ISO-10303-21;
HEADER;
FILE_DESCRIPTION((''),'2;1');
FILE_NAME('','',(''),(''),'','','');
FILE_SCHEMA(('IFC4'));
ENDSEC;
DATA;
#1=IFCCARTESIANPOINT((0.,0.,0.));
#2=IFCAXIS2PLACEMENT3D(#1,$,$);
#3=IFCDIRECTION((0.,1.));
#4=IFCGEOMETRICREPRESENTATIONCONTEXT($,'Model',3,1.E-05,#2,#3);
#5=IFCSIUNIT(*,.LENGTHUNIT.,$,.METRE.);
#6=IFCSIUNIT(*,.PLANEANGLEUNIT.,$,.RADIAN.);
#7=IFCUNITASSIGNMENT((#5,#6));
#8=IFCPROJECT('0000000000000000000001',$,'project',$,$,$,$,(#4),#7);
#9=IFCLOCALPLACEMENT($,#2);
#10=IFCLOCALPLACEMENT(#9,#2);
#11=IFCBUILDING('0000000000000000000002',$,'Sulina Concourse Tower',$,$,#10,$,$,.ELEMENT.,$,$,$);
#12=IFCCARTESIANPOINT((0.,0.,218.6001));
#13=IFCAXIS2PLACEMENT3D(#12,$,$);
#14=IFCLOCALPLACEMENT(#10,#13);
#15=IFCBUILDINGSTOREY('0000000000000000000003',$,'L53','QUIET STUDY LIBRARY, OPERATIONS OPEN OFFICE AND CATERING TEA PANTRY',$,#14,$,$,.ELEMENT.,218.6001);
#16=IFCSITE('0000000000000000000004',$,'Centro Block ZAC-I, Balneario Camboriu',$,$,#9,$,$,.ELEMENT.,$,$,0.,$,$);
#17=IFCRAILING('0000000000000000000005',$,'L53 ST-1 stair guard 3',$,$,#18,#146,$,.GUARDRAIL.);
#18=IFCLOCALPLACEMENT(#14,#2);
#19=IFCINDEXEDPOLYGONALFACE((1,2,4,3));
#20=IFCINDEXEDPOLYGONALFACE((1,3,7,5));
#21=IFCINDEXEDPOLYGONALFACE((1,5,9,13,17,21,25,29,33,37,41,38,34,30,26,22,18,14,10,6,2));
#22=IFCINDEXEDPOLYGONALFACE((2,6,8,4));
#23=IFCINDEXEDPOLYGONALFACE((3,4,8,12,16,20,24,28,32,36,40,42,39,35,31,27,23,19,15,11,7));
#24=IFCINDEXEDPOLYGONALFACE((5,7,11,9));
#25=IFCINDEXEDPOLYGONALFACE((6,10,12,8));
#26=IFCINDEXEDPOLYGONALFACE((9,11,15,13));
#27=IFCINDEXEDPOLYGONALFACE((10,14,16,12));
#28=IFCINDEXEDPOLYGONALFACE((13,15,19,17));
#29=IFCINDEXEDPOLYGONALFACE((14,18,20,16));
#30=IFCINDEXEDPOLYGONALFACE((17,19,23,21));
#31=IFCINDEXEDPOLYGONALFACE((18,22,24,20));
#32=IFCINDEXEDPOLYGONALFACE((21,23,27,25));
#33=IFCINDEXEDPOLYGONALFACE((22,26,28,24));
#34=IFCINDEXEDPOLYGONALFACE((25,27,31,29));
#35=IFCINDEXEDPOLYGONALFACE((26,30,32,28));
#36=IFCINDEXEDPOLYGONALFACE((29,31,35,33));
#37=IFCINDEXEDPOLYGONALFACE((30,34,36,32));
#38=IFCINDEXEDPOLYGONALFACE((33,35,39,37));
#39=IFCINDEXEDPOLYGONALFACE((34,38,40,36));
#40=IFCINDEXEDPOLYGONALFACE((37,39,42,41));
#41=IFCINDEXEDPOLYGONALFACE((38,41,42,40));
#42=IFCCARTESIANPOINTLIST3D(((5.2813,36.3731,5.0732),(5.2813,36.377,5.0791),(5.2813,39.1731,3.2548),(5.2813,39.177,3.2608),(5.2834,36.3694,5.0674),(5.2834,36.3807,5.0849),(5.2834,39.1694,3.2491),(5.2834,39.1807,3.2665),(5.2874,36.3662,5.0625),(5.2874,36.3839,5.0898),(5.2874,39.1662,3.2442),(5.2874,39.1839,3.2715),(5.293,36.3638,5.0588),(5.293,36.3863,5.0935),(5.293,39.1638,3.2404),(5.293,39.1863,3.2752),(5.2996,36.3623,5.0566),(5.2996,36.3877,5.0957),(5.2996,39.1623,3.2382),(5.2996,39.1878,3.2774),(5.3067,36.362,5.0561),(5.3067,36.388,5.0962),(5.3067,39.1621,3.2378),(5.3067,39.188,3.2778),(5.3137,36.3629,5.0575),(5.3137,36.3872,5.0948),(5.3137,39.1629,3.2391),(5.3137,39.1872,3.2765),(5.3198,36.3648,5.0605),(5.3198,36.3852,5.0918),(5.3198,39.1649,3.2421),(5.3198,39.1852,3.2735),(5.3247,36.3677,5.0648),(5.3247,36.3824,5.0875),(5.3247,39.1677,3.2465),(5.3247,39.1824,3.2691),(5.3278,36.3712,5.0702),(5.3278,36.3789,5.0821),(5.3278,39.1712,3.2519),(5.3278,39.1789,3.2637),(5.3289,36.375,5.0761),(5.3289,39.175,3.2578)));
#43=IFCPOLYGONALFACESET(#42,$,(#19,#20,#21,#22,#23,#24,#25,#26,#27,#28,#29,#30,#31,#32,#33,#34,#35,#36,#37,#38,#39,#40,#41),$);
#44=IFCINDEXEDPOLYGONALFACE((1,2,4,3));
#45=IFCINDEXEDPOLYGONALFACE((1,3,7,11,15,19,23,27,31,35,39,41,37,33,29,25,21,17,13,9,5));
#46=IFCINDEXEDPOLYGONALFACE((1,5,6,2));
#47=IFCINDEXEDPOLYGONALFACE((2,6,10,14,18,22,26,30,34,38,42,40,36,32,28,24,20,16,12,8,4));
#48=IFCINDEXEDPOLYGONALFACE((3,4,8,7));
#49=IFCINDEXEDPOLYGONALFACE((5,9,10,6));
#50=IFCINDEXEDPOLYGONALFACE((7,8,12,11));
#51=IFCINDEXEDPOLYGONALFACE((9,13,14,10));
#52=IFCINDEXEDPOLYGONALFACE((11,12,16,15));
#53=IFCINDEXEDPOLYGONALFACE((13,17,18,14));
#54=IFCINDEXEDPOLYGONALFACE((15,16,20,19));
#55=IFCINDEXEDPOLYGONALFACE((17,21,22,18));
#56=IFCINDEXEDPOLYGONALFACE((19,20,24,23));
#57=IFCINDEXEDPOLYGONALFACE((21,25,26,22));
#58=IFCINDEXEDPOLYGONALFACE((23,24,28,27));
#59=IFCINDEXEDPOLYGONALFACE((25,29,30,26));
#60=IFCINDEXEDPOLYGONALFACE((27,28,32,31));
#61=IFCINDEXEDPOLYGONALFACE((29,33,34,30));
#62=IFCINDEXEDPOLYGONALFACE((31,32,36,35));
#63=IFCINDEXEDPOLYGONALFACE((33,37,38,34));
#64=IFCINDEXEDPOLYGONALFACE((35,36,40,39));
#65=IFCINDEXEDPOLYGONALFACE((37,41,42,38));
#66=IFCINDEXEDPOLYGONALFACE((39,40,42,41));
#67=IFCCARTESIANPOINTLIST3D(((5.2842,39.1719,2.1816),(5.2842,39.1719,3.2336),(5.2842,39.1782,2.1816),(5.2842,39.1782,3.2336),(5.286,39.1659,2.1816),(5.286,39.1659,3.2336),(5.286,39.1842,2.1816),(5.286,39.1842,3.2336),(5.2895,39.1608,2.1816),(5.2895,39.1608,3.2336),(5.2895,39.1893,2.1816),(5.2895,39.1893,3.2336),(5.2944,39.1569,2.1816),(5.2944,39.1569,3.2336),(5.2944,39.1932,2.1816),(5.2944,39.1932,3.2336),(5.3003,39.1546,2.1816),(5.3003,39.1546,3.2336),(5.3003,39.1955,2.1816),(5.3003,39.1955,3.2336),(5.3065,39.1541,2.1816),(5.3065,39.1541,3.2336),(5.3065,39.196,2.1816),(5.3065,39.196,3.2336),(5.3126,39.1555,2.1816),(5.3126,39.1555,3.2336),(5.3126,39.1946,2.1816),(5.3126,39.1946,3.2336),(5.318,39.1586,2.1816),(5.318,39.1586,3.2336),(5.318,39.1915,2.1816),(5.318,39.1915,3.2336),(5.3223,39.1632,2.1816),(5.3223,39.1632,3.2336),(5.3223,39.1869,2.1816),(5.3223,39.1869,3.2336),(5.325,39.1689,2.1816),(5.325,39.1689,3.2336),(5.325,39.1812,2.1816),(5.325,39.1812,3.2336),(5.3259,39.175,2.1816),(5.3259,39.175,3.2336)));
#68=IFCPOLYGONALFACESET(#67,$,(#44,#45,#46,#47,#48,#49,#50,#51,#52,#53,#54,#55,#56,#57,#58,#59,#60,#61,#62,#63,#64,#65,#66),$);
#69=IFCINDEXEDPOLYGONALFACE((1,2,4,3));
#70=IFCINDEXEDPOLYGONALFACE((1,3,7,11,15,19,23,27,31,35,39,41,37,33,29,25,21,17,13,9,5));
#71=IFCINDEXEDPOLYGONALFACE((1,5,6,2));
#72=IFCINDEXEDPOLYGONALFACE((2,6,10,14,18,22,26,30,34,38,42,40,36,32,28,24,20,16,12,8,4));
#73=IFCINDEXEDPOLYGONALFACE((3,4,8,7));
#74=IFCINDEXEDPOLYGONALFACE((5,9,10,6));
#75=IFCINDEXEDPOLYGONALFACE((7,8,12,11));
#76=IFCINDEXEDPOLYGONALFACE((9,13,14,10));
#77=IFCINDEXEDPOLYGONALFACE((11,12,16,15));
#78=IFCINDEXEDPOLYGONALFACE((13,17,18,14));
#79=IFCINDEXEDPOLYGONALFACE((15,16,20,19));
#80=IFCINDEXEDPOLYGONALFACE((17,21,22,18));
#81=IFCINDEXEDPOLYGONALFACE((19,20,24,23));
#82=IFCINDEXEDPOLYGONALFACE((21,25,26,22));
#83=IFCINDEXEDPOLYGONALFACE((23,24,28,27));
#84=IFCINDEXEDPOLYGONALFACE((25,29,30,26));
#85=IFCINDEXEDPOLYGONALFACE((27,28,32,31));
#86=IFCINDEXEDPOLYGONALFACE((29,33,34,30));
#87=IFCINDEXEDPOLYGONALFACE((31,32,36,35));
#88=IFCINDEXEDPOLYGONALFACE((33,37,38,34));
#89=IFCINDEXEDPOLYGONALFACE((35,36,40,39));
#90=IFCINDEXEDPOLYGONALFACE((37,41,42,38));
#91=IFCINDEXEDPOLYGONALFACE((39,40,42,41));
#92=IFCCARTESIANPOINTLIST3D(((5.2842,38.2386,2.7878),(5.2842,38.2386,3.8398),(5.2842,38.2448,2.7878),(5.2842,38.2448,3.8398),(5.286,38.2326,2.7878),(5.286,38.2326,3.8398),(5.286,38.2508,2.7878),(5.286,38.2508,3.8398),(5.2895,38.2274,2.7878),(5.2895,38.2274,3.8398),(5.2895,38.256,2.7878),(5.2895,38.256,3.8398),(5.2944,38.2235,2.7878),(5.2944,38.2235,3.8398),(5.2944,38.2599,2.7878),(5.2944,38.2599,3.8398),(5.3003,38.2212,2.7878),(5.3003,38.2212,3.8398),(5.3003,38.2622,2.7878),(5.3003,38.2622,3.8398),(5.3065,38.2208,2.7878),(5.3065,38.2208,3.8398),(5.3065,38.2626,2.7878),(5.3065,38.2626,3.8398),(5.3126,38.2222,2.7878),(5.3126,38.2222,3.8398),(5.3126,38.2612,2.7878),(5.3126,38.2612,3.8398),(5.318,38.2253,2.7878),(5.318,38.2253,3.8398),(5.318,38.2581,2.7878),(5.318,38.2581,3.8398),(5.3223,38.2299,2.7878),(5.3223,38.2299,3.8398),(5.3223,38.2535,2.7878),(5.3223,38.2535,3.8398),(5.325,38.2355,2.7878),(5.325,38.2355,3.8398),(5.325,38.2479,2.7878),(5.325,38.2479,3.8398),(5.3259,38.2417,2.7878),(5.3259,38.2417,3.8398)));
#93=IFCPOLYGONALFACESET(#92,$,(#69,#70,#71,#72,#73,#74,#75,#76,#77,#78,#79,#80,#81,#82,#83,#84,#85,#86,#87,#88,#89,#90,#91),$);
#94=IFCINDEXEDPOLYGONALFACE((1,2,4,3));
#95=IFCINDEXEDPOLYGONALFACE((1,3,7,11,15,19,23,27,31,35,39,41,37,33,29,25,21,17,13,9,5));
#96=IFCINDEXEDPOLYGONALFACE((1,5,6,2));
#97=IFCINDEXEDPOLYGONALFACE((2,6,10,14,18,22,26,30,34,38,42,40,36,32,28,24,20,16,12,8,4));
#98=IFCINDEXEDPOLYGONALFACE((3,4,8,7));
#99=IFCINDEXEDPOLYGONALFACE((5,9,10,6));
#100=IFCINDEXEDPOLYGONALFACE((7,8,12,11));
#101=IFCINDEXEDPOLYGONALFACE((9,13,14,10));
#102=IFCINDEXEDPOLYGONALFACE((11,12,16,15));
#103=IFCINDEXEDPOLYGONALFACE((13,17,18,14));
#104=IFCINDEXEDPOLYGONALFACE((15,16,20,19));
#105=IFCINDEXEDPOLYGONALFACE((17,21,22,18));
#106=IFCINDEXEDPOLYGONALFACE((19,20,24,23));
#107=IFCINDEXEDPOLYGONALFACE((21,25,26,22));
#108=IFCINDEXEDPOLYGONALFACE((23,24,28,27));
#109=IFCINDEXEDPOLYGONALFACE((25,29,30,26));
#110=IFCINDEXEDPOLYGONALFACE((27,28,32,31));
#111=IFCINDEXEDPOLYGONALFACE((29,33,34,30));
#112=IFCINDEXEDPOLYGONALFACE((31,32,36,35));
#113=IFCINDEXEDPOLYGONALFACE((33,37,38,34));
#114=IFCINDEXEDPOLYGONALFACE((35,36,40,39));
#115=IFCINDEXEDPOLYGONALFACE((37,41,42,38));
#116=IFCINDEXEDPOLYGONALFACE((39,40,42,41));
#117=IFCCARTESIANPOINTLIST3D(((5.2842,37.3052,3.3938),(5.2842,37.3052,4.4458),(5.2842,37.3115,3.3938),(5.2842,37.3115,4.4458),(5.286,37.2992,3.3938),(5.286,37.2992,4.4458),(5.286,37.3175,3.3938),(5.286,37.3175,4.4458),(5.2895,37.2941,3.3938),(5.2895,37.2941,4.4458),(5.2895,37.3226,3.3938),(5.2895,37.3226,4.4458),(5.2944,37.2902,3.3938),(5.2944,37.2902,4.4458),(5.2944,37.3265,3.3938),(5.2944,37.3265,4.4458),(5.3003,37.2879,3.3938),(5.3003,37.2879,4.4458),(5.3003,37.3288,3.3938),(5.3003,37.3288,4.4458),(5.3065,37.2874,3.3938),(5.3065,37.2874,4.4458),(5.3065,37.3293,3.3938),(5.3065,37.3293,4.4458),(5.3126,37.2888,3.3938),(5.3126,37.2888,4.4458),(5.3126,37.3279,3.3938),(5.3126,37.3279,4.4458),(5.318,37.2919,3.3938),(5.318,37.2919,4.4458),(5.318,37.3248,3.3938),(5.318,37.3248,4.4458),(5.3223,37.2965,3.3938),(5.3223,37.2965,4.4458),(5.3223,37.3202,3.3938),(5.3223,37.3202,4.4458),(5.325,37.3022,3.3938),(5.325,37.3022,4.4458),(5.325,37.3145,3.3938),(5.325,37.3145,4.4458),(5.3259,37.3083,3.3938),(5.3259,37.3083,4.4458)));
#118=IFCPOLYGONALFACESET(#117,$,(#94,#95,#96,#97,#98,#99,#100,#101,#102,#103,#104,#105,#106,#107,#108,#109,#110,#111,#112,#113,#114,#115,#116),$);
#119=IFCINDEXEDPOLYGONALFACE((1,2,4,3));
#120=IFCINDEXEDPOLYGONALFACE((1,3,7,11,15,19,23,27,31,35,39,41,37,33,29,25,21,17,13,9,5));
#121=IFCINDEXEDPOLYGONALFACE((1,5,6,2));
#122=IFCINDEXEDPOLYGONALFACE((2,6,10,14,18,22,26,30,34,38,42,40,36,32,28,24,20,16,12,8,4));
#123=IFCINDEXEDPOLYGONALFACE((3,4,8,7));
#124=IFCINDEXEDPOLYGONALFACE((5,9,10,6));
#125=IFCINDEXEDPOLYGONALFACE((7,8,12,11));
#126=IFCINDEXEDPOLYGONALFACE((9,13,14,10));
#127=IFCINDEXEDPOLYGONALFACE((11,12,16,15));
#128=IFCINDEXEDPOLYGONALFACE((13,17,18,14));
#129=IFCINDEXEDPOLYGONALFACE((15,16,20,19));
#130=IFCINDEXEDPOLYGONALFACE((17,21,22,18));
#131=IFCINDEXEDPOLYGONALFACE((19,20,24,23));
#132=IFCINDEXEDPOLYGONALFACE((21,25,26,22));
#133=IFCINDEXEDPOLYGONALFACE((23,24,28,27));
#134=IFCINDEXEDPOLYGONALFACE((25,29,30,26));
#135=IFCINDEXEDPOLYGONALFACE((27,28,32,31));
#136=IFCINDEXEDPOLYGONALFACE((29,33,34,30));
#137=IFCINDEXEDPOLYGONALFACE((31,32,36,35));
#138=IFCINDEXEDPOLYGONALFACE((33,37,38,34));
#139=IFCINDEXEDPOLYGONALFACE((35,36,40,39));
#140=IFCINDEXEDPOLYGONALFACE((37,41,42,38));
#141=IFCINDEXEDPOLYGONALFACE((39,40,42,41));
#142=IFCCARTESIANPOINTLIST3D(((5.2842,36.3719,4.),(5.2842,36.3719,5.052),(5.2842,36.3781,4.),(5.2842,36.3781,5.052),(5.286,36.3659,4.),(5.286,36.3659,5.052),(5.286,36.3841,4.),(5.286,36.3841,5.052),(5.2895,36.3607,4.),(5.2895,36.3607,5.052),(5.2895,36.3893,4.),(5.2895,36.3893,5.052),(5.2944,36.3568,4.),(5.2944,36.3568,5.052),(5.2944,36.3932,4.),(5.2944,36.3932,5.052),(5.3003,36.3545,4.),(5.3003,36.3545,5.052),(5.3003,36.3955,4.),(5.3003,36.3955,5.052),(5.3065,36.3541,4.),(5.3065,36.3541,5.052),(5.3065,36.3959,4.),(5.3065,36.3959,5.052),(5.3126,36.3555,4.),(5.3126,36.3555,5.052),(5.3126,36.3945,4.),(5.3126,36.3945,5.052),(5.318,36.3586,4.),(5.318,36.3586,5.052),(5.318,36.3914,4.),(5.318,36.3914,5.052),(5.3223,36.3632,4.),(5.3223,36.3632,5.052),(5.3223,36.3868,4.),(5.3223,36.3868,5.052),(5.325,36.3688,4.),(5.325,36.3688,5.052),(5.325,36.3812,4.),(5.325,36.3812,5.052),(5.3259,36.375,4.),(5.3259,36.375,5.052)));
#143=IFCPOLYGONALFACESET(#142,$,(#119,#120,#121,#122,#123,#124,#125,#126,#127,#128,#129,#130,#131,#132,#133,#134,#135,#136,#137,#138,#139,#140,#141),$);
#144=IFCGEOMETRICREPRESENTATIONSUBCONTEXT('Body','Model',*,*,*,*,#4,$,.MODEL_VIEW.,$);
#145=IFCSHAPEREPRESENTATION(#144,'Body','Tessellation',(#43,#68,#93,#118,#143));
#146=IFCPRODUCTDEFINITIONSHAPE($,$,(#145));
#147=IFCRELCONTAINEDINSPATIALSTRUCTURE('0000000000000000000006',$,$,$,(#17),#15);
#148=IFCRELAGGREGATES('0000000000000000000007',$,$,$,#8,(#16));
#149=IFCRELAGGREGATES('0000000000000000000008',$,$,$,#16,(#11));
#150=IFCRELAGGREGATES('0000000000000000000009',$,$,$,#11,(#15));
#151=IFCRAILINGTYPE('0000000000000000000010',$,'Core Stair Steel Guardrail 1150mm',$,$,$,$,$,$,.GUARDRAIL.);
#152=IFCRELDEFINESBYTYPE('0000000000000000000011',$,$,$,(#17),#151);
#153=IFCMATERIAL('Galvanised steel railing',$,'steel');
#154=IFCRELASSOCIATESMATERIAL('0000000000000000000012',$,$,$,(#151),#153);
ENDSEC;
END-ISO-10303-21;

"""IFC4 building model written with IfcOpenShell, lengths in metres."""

from ifc_helpers import new_model, si_unit, direction, frame, origin, origin_2d, place, context, subcontext, project, spatial, circle, extrude, material, type_object, element, save


model = new_model("IFC4")

# Units and contexts
model_context = context("Model", 3, precision=1e-05, world=origin(), true_north=direction((0.0, 1.0)))
body_context = subcontext(model_context, "Body", "Model", "MODEL_VIEW")
ifc_project = project(units=[si_unit("LENGTHUNIT", "METRE"), si_unit("PLANEANGLEUNIT", "RADIAN")], contexts=[model_context])

# Site, building, storey
site_placement = place(None, origin())
site = spatial("IfcSite", under=ifc_project, at=site_placement, Name="Centro Block ZAC-I, Balneario Camboriu", CompositionType="ELEMENT", RefElevation=0.0)
building_placement = place(site_placement, origin())
building = spatial("IfcBuilding", under=site, at=building_placement, Name="Sulina Concourse Tower", CompositionType="ELEMENT")
storey_placement = place(building_placement, frame((0.0, 0.0, 218.6001)))
storey = spatial("IfcBuildingStorey", under=building, at=storey_placement, Name="L53", Description="QUIET STUDY LIBRARY, OPERATIONS OPEN OFFICE AND CATERING TEA PANTRY", CompositionType="ELEMENT", Elevation=218.6001)

# Railing
ifc_material_1 = material(Name="Galvanised steel railing", Category="steel")
railing_type_1 = type_object("IfcRailingType", Name="Core Stair Steel Guardrail 1150mm", PredefinedType="GUARDRAIL", material=ifc_material_1)
railing_1_placement = place(storey_placement, frame((5.3049, 39.175, 2.1816)))
element("IfcRailing", 1, at=railing_1_placement, inside=storey, type_object=railing_type_1, Name="L53 ST-1 stair guard 3", PredefinedType="GUARDRAIL", context=body_context, shape_type="SweptSolid", body=[
    extrude(circle(Radius=0.0239, at=origin_2d()), frame((0.0, 0.0, 1.0762), z_axis=(0.0, -0.838672, 0.544636), x_axis=(1.0, 0.0, 0.0)), (0.0, 0.0, 1.0), 3.3386),
    extrude(circle(Radius=0.021, at=origin_2d()), origin(), (0.0, 0.0, 1.0), 1.052),
    extrude(circle(Radius=0.021, at=origin_2d()), frame((0.0, -0.9333, 0.6062)), (0.0, 0.0, 1.0), 1.052),
    extrude(circle(Radius=0.021, at=origin_2d()), frame((0.0, -1.8667, 1.2122)), (0.0, 0.0, 1.0), 1.052),
    extrude(circle(Radius=0.021, at=origin_2d()), frame((0.0, -2.8, 1.8184)), (0.0, 0.0, 1.0), 1.052),
])

save(model, "model.ifc")
